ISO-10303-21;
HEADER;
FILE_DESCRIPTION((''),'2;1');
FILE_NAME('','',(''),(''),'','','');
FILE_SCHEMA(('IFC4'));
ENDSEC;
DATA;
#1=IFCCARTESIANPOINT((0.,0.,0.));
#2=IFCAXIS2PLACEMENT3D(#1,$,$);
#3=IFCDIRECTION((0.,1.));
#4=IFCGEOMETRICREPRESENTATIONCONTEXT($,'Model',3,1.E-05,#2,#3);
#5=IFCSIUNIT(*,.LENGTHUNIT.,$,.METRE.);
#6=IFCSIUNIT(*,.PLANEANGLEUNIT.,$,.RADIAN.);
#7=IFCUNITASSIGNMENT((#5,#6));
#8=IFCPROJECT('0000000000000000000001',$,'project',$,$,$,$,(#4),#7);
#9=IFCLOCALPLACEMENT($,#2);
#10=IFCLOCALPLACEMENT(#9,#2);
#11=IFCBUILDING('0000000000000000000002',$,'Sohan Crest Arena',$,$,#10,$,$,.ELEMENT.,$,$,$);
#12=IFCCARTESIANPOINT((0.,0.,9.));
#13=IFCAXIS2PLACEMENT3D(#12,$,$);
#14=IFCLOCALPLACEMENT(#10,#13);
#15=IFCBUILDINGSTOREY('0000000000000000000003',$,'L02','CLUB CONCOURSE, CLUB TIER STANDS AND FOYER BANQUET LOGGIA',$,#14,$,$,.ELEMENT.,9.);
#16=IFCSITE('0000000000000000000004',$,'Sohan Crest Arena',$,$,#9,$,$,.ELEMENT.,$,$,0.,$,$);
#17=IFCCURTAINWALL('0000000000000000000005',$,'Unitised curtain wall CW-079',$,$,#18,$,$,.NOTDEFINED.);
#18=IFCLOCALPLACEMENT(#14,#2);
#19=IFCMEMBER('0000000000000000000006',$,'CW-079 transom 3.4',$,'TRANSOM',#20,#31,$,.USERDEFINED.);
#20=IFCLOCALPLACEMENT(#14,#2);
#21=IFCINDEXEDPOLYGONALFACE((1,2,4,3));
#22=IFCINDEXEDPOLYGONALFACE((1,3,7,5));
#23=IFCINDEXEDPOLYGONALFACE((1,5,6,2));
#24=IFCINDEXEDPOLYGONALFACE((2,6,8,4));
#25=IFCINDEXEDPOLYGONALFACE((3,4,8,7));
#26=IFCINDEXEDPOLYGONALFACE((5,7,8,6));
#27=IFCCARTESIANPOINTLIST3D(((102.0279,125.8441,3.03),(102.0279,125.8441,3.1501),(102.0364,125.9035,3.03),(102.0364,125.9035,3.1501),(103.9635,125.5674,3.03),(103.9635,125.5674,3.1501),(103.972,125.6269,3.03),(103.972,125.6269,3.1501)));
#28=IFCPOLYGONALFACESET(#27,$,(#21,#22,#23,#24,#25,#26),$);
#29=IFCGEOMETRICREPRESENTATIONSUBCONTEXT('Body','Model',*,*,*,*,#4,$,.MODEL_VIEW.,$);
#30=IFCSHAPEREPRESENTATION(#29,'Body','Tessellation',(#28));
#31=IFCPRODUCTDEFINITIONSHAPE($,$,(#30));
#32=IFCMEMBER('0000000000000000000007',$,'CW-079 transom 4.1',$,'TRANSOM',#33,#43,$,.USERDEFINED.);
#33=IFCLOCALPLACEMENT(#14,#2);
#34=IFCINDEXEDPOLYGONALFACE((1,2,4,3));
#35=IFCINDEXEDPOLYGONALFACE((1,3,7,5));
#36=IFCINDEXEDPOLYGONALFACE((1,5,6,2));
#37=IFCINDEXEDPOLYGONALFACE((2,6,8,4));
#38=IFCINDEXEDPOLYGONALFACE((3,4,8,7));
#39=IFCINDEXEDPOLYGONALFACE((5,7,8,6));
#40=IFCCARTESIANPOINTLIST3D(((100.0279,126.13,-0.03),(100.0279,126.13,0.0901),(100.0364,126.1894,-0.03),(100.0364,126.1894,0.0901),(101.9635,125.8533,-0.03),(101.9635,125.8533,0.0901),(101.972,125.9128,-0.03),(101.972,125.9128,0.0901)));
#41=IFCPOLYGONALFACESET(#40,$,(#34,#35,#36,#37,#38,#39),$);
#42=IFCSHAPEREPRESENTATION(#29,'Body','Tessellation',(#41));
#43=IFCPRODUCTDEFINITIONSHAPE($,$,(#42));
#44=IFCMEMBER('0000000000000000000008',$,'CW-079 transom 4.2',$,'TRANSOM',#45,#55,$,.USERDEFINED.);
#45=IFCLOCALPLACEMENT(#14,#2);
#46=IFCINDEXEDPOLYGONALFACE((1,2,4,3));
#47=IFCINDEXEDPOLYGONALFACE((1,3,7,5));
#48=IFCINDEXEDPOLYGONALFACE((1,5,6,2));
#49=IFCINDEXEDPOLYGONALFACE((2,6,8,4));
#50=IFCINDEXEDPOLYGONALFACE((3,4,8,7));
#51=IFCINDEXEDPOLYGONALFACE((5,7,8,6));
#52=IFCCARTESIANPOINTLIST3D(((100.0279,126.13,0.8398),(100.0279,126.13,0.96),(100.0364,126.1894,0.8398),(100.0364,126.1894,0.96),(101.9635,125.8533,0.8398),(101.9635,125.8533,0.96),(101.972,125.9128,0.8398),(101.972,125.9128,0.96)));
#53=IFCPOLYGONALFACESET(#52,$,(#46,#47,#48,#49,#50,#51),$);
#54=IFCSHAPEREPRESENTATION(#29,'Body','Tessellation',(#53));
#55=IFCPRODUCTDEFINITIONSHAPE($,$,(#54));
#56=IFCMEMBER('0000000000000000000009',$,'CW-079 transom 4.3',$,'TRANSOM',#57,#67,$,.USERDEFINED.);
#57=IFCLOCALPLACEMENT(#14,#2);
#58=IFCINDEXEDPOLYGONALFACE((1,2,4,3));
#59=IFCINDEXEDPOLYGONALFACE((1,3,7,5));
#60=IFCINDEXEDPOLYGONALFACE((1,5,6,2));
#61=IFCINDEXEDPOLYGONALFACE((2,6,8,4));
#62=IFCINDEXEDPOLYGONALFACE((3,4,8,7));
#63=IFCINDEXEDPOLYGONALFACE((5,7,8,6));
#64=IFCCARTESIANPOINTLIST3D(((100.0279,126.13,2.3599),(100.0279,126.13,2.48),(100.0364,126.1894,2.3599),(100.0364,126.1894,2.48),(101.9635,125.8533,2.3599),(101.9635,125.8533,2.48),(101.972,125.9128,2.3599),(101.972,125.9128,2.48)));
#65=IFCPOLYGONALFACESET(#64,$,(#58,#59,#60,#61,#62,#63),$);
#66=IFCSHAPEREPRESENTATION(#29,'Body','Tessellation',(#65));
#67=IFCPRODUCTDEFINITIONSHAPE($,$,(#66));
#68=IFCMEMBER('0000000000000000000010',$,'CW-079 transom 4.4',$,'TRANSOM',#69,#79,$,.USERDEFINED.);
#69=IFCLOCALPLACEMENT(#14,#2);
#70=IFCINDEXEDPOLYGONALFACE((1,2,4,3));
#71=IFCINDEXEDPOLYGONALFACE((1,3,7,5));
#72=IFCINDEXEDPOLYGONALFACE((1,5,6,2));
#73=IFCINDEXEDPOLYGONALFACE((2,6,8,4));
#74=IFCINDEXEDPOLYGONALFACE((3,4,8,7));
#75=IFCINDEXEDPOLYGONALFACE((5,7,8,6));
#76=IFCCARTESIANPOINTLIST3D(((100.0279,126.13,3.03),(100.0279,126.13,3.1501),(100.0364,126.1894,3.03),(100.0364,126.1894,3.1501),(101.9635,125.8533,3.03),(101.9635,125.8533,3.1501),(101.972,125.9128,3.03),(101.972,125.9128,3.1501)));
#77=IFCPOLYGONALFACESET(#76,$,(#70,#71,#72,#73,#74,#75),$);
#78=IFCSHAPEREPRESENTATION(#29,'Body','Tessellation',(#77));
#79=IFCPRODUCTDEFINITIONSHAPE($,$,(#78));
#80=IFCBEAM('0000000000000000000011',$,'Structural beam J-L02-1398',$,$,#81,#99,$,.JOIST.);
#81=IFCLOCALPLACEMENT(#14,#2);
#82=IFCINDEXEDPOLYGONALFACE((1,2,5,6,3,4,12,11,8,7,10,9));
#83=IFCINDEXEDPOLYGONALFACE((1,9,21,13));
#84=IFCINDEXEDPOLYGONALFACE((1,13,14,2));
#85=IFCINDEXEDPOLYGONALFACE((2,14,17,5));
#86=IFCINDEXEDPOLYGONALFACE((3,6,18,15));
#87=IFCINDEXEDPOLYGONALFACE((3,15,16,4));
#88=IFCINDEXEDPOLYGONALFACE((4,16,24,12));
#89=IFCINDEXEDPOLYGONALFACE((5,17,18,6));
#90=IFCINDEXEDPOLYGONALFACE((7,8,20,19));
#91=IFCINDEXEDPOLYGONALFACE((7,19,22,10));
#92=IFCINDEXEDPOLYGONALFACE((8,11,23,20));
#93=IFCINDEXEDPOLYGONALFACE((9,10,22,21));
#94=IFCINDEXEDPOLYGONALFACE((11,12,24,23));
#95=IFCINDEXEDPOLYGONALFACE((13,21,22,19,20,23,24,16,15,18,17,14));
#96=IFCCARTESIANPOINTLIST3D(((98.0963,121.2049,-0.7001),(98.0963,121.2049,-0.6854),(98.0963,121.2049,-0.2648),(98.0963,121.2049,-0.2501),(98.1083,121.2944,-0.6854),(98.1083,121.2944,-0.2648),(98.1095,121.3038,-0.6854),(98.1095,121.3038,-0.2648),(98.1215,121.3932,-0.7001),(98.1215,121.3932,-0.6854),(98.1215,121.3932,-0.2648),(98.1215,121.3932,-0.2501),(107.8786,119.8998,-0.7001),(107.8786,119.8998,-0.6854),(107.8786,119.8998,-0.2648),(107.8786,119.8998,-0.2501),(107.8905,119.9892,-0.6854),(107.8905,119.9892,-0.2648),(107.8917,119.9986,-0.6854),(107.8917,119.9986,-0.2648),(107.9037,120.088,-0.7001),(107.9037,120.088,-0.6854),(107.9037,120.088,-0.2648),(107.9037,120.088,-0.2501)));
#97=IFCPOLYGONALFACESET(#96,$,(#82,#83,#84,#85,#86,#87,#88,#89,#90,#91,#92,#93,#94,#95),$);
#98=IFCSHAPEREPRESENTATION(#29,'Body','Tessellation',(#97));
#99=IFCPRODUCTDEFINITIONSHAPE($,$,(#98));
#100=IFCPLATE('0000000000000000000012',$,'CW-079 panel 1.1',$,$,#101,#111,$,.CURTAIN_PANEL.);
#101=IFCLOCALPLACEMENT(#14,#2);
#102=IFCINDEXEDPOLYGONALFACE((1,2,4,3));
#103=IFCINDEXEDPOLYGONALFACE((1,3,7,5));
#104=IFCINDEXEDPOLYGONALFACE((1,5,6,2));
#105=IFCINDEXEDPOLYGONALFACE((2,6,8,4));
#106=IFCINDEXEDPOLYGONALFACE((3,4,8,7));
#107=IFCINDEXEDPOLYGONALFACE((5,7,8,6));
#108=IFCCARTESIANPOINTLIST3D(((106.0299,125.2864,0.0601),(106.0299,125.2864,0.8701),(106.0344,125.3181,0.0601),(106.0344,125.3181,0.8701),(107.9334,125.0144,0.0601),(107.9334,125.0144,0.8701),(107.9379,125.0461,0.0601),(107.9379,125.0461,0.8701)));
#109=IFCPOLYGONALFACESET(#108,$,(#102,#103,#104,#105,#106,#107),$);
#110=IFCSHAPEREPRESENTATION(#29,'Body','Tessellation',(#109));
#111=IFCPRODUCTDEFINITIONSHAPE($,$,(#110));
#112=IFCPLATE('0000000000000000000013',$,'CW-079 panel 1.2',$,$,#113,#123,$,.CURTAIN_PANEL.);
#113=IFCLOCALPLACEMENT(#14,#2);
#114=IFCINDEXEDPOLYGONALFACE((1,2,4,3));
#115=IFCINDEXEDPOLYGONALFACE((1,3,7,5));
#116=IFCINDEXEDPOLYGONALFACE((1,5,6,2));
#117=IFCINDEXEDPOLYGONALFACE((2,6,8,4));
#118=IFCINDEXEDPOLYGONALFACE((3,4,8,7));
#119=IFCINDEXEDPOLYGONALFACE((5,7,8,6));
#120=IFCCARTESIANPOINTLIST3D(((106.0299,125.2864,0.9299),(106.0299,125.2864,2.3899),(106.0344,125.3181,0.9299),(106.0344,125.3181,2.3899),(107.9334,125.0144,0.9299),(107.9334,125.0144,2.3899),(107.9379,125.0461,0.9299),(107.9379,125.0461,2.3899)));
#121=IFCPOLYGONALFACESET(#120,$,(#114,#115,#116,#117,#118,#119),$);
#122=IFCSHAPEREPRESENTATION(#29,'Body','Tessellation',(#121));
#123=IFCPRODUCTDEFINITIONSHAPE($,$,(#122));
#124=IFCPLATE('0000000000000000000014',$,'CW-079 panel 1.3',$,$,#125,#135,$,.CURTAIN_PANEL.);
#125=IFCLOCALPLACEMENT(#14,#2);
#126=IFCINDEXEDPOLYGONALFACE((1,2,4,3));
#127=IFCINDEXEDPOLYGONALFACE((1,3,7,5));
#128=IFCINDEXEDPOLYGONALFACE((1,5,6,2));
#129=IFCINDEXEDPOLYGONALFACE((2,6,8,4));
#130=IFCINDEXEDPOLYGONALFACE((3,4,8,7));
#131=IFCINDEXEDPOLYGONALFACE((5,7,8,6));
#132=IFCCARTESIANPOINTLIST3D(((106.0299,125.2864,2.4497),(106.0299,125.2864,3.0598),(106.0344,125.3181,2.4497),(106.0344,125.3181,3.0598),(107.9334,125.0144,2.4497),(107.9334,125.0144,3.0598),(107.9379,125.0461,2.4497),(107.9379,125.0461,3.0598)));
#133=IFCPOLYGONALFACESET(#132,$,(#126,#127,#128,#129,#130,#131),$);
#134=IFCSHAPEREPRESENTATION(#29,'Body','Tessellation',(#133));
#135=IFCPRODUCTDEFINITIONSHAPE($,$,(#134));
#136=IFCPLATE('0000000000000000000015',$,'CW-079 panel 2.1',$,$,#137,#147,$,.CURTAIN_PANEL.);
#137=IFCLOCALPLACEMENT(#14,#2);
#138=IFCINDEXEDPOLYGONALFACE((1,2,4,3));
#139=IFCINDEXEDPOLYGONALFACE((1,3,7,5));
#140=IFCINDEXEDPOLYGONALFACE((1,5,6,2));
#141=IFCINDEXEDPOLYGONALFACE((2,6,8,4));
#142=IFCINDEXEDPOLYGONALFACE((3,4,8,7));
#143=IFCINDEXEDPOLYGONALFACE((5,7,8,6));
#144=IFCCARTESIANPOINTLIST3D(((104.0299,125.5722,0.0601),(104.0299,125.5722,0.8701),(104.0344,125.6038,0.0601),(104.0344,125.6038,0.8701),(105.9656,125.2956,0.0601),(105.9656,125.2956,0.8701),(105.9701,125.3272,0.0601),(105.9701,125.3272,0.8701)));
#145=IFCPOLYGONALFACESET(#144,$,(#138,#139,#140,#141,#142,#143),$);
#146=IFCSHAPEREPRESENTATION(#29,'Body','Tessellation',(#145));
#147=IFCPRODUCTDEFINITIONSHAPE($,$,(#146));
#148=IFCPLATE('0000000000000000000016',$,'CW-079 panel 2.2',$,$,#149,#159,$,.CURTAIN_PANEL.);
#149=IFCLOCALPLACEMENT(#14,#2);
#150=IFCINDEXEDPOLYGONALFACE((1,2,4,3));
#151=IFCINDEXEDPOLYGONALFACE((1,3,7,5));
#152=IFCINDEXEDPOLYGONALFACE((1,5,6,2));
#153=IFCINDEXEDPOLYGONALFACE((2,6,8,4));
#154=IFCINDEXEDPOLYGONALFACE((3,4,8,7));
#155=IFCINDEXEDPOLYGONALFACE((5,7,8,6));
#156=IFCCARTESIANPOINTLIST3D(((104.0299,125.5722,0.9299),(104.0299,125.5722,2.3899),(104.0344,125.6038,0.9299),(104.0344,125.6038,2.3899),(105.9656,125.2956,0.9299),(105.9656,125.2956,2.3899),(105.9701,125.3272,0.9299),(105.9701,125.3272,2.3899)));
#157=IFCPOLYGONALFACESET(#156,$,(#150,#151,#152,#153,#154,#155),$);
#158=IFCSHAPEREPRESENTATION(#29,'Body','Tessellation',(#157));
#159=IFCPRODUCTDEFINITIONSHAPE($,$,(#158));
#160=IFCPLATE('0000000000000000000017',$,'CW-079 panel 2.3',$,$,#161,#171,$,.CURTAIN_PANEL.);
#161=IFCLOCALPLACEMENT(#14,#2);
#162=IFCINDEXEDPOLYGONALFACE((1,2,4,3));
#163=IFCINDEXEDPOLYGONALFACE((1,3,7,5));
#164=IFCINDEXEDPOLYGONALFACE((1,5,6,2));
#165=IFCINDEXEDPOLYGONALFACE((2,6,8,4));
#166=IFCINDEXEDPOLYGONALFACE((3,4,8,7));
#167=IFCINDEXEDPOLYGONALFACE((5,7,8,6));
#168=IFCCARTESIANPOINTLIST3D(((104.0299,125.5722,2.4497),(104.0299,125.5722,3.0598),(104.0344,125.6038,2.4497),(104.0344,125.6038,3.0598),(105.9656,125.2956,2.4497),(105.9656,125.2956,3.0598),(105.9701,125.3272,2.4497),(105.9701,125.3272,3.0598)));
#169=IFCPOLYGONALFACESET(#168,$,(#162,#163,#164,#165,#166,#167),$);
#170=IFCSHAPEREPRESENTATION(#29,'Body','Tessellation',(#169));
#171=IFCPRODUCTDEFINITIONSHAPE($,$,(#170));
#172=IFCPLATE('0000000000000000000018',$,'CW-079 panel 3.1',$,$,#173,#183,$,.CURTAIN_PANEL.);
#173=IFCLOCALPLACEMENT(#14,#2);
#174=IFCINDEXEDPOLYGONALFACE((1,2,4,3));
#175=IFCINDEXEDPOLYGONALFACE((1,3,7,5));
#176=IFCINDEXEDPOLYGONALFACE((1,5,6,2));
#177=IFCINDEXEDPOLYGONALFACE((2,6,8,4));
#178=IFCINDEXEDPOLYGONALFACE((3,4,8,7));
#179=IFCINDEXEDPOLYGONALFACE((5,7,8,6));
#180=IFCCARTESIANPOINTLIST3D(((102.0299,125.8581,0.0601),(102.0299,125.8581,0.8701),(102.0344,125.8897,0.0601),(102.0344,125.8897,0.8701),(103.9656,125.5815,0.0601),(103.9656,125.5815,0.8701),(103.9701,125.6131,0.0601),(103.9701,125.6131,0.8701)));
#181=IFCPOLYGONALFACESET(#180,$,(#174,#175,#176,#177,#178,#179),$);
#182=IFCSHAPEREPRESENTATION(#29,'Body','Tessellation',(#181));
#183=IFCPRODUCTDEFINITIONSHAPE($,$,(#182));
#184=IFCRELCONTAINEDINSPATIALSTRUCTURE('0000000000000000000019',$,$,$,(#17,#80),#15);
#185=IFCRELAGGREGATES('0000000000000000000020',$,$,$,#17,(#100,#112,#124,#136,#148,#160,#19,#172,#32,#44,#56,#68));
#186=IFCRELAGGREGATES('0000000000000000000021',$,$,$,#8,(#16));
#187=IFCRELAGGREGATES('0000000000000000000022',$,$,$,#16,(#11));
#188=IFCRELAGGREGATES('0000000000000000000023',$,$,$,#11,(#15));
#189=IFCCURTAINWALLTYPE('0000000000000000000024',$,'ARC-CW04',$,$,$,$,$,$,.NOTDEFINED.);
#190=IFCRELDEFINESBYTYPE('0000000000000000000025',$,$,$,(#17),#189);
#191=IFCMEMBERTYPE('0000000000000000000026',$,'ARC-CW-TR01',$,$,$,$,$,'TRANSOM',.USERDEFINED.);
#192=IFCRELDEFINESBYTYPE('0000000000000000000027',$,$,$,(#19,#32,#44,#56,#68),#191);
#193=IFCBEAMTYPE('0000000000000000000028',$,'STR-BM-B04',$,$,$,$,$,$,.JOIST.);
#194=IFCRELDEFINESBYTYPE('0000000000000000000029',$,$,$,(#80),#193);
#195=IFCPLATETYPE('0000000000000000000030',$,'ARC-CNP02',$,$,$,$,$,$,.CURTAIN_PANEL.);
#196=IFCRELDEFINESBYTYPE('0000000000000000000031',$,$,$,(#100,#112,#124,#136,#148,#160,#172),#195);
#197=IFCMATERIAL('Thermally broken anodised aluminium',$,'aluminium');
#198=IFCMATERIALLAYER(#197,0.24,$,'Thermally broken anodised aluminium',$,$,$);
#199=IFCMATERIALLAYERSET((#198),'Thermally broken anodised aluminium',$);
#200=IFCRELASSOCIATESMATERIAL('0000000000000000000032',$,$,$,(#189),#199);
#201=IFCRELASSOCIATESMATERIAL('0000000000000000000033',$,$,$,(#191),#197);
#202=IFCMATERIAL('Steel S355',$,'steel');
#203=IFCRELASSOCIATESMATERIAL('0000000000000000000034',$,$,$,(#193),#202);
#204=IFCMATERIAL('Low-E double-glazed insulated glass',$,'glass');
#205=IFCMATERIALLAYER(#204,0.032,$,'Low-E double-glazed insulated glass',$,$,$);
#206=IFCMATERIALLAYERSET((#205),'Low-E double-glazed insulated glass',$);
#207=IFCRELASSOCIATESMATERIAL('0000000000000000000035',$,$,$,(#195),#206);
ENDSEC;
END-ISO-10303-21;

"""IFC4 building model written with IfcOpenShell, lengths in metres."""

from ifc_helpers import new_model, si_unit, direction, frame, origin, origin_2d, place, context, subcontext, project, spatial, rectangle, i_section, extrude, material, layer, layer_set, material_profile, profile_set, type_object, element, aggregate, save


model = new_model("IFC4")

# Units and contexts
model_context = context("Model", 3, precision=1e-05, world=origin(), true_north=direction((0.0, 1.0)))
body_context = subcontext(model_context, "Body", "Model", "MODEL_VIEW")
ifc_project = project(units=[si_unit("LENGTHUNIT", "METRE"), si_unit("PLANEANGLEUNIT", "RADIAN")], contexts=[model_context])

# Site, building, storey
site_placement = place(None, origin())
site = spatial("IfcSite", under=ifc_project, at=site_placement, Name="Sohan Crest Arena", CompositionType="ELEMENT", RefElevation=0.0)
building_placement = place(site_placement, origin())
building = spatial("IfcBuilding", under=site, at=building_placement, Name="Sohan Crest Arena", CompositionType="ELEMENT")
storey_placement = place(building_placement, frame((0.0, 0.0, 9.0)))
storey = spatial("IfcBuildingStorey", under=building, at=storey_placement, Name="L02", Description="CLUB CONCOURSE, CLUB TIER STANDS AND FOYER BANQUET LOGGIA", CompositionType="ELEMENT", Elevation=9.0)

# Curtain wall, members
ifc_material_1 = material(Name="Thermally broken anodised aluminium", Category="aluminium")
ifc_layer_1 = layer(ifc_material_1, 0.24, Name="Thermally broken anodised aluminium")
ifc_layer_set_1 = layer_set([ifc_layer_1], Name="Thermally broken anodised aluminium")
curtain_wall_type = type_object("IfcCurtainWallType", Name="ARC-CW04", PredefinedType="NOTDEFINED", material=ifc_layer_set_1)
curtain_wall_placement = place(storey_placement, origin())
curtain_wall = element("IfcCurtainWall", 1, at=curtain_wall_placement, inside=storey, type_object=curtain_wall_type, Name="Unitised curtain wall CW-079", PredefinedType="NOTDEFINED")
ifc_material_profile_1 = material_profile(ifc_material_1, rectangle(XDim=0.0601, YDim=0.1201, at=origin_2d()), Name="ALU-TRAN 60x120")
ifc_profile_set_1 = profile_set([ifc_material_profile_1], Name="Thermally broken anodised aluminium")
member_type_1 = type_object("IfcMemberType", Name="ARC-CW-TR01", ElementType="TRANSOM", PredefinedType="USERDEFINED", material=ifc_profile_set_1)
member_1_placement = place(storey_placement, frame((103.9678, 125.5972, 3.0901), z_axis=(-0.989942, 0.141474, 0.0), x_axis=(-0.141474, -0.989942, 0.0)))
member_1 = element("IfcMember", 2, at=member_1_placement, type_object=member_type_1, Name="CW-079 transom 3.4", ObjectType="TRANSOM", PredefinedType="USERDEFINED", context=body_context, shape_type="SweptSolid", body=[
    extrude(rectangle(XDim=0.0601, YDim=0.1201, at=origin_2d()), origin(), (0.0, 0.0, 1.0), 1.9553),
])
member_2_placement = place(storey_placement, frame((101.9678, 125.8831, 0.03), z_axis=(-0.989942, 0.141474, 0.0), x_axis=(-0.141474, -0.989942, 0.0)))
member_2 = element("IfcMember", 3, at=member_2_placement, type_object=member_type_1, Name="CW-079 transom 4.1", ObjectType="TRANSOM", PredefinedType="USERDEFINED", context=body_context, shape_type="SweptSolid", body=[
    extrude(rectangle(XDim=0.0601, YDim=0.1201, at=origin_2d()), origin(), (0.0, 0.0, 1.0), 1.9553),
])
member_3_placement = place(storey_placement, frame((101.9678, 125.8831, 0.8999), z_axis=(-0.989942, 0.141474, 0.0), x_axis=(-0.141474, -0.989942, 0.0)))
member_3 = element("IfcMember", 4, at=member_3_placement, type_object=member_type_1, Name="CW-079 transom 4.2", ObjectType="TRANSOM", PredefinedType="USERDEFINED", context=body_context, shape_type="SweptSolid", body=[
    extrude(rectangle(XDim=0.0601, YDim=0.1201, at=origin_2d()), origin(), (0.0, 0.0, 1.0), 1.9553),
])
member_4_placement = place(storey_placement, frame((101.9678, 125.8831, 2.4199), z_axis=(-0.989942, 0.141474, 0.0), x_axis=(-0.141474, -0.989942, 0.0)))
member_4 = element("IfcMember", 5, at=member_4_placement, type_object=member_type_1, Name="CW-079 transom 4.3", ObjectType="TRANSOM", PredefinedType="USERDEFINED", context=body_context, shape_type="SweptSolid", body=[
    extrude(rectangle(XDim=0.0601, YDim=0.1201, at=origin_2d()), origin(), (0.0, 0.0, 1.0), 1.9553),
])
member_5_placement = place(storey_placement, frame((101.9678, 125.8831, 3.0901), z_axis=(-0.989942, 0.141474, 0.0), x_axis=(-0.141474, -0.989942, 0.0)))
member_5 = element("IfcMember", 6, at=member_5_placement, type_object=member_type_1, Name="CW-079 transom 4.4", ObjectType="TRANSOM", PredefinedType="USERDEFINED", context=body_context, shape_type="SweptSolid", body=[
    extrude(rectangle(XDim=0.0601, YDim=0.1201, at=origin_2d()), origin(), (0.0, 0.0, 1.0), 1.9553),
])

# Beam
ifc_material_2 = material(Name="Steel S355", Category="steel")
ifc_material_profile_2 = material_profile(ifc_material_2, i_section(OverallWidth=0.1899, OverallDepth=0.45, WebThickness=0.0095, FlangeThickness=0.0146, at=origin_2d()), Name="IPE 450")
ifc_profile_set_2 = profile_set([ifc_material_profile_2], Name="Steel S355")
beam_type = type_object("IfcBeamType", Name="STR-BM-B04", PredefinedType="JOIST", material=ifc_profile_set_2)
beam_placement = place(storey_placement, frame((107.8911, 119.9939, -0.4751), z_axis=(-0.991216, 0.132251, 0.0), x_axis=(-0.132251, -0.991216, 0.0)))
element("IfcBeam", 7, at=beam_placement, inside=storey, type_object=beam_type, Name="Structural beam J-L02-1398", PredefinedType="JOIST", context=body_context, shape_type="SweptSolid", body=[
    extrude(i_section(OverallWidth=0.1899, OverallDepth=0.45, WebThickness=0.0095, FlangeThickness=0.0146, at=origin_2d()), origin(), (0.0, 0.0, 1.0), 9.8689),
])

# Plates
ifc_material_3 = material(Name="Low-E double-glazed insulated glass", Category="glass")
ifc_layer_2 = layer(ifc_material_3, 0.032, Name="Low-E double-glazed insulated glass")
ifc_layer_set_2 = layer_set([ifc_layer_2], Name="Low-E double-glazed insulated glass")
plate_type = type_object("IfcPlateType", Name="ARC-CNP02", PredefinedType="CURTAIN_PANEL", material=ifc_layer_set_2)
plate_1_placement = place(storey_placement, frame((106.9839, 125.1663, 0.0601), z_axis=(0.0, 0.0, 1.0), x_axis=(-0.989944, 0.141463, 0.0)))
plate_1 = element("IfcPlate", 8, at=plate_1_placement, type_object=plate_type, Name="CW-079 panel 1.1", PredefinedType="CURTAIN_PANEL", context=body_context, shape_type="SweptSolid", body=[
    extrude(rectangle(XDim=1.9229, YDim=0.032, at=origin_2d()), origin(), (0.0, 0.0, 1.0), 0.8101),
])
plate_2_placement = place(storey_placement, frame((106.9839, 125.1663, 0.9299), z_axis=(0.0, 0.0, 1.0), x_axis=(-0.989944, 0.141463, 0.0)))
plate_2 = element("IfcPlate", 9, at=plate_2_placement, type_object=plate_type, Name="CW-079 panel 1.2", PredefinedType="CURTAIN_PANEL", context=body_context, shape_type="SweptSolid", body=[
    extrude(rectangle(XDim=1.9229, YDim=0.032, at=origin_2d()), origin(), (0.0, 0.0, 1.0), 1.46),
])
plate_3_placement = place(storey_placement, frame((106.9839, 125.1663, 2.4497), z_axis=(0.0, 0.0, 1.0), x_axis=(-0.989944, 0.141463, 0.0)))
plate_3 = element("IfcPlate", 10, at=plate_3_placement, type_object=plate_type, Name="CW-079 panel 1.3", PredefinedType="CURTAIN_PANEL", context=body_context, shape_type="SweptSolid", body=[
    extrude(rectangle(XDim=1.9229, YDim=0.032, at=origin_2d()), origin(), (0.0, 0.0, 1.0), 0.6101),
])
plate_4_placement = place(storey_placement, frame((105.0, 125.4497, 0.0601), z_axis=(0.0, 0.0, 1.0), x_axis=(-0.989944, 0.141463, 0.0)))
plate_4 = element("IfcPlate", 11, at=plate_4_placement, type_object=plate_type, Name="CW-079 panel 2.1", PredefinedType="CURTAIN_PANEL", context=body_context, shape_type="SweptSolid", body=[
    extrude(rectangle(XDim=1.9553, YDim=0.032, at=origin_2d()), origin(), (0.0, 0.0, 1.0), 0.8101),
])
plate_5_placement = place(storey_placement, frame((105.0, 125.4497, 0.9299), z_axis=(0.0, 0.0, 1.0), x_axis=(-0.989944, 0.141463, 0.0)))
plate_5 = element("IfcPlate", 12, at=plate_5_placement, type_object=plate_type, Name="CW-079 panel 2.2", PredefinedType="CURTAIN_PANEL", context=body_context, shape_type="SweptSolid", body=[
    extrude(rectangle(XDim=1.9553, YDim=0.032, at=origin_2d()), origin(), (0.0, 0.0, 1.0), 1.46),
])
plate_6_placement = place(storey_placement, frame((105.0, 125.4497, 2.4497), z_axis=(0.0, 0.0, 1.0), x_axis=(-0.989944, 0.141463, 0.0)))
plate_6 = element("IfcPlate", 13, at=plate_6_placement, type_object=plate_type, Name="CW-079 panel 2.3", PredefinedType="CURTAIN_PANEL", context=body_context, shape_type="SweptSolid", body=[
    extrude(rectangle(XDim=1.9553, YDim=0.032, at=origin_2d()), origin(), (0.0, 0.0, 1.0), 0.6101),
])
plate_7_placement = place(storey_placement, frame((103.0, 125.7356, 0.0601), z_axis=(0.0, 0.0, 1.0), x_axis=(-0.989944, 0.141463, 0.0)))
plate_7 = element("IfcPlate", 14, at=plate_7_placement, type_object=plate_type, Name="CW-079 panel 3.1", PredefinedType="CURTAIN_PANEL", context=body_context, shape_type="SweptSolid", body=[
    extrude(rectangle(XDim=1.9553, YDim=0.032, at=origin_2d()), origin(), (0.0, 0.0, 1.0), 0.8101),
])
aggregate(curtain_wall, [plate_1, plate_2, plate_3, plate_4, plate_5, plate_6, member_1, plate_7, member_2, member_3, member_4, member_5])

save(model, "model.ifc")
